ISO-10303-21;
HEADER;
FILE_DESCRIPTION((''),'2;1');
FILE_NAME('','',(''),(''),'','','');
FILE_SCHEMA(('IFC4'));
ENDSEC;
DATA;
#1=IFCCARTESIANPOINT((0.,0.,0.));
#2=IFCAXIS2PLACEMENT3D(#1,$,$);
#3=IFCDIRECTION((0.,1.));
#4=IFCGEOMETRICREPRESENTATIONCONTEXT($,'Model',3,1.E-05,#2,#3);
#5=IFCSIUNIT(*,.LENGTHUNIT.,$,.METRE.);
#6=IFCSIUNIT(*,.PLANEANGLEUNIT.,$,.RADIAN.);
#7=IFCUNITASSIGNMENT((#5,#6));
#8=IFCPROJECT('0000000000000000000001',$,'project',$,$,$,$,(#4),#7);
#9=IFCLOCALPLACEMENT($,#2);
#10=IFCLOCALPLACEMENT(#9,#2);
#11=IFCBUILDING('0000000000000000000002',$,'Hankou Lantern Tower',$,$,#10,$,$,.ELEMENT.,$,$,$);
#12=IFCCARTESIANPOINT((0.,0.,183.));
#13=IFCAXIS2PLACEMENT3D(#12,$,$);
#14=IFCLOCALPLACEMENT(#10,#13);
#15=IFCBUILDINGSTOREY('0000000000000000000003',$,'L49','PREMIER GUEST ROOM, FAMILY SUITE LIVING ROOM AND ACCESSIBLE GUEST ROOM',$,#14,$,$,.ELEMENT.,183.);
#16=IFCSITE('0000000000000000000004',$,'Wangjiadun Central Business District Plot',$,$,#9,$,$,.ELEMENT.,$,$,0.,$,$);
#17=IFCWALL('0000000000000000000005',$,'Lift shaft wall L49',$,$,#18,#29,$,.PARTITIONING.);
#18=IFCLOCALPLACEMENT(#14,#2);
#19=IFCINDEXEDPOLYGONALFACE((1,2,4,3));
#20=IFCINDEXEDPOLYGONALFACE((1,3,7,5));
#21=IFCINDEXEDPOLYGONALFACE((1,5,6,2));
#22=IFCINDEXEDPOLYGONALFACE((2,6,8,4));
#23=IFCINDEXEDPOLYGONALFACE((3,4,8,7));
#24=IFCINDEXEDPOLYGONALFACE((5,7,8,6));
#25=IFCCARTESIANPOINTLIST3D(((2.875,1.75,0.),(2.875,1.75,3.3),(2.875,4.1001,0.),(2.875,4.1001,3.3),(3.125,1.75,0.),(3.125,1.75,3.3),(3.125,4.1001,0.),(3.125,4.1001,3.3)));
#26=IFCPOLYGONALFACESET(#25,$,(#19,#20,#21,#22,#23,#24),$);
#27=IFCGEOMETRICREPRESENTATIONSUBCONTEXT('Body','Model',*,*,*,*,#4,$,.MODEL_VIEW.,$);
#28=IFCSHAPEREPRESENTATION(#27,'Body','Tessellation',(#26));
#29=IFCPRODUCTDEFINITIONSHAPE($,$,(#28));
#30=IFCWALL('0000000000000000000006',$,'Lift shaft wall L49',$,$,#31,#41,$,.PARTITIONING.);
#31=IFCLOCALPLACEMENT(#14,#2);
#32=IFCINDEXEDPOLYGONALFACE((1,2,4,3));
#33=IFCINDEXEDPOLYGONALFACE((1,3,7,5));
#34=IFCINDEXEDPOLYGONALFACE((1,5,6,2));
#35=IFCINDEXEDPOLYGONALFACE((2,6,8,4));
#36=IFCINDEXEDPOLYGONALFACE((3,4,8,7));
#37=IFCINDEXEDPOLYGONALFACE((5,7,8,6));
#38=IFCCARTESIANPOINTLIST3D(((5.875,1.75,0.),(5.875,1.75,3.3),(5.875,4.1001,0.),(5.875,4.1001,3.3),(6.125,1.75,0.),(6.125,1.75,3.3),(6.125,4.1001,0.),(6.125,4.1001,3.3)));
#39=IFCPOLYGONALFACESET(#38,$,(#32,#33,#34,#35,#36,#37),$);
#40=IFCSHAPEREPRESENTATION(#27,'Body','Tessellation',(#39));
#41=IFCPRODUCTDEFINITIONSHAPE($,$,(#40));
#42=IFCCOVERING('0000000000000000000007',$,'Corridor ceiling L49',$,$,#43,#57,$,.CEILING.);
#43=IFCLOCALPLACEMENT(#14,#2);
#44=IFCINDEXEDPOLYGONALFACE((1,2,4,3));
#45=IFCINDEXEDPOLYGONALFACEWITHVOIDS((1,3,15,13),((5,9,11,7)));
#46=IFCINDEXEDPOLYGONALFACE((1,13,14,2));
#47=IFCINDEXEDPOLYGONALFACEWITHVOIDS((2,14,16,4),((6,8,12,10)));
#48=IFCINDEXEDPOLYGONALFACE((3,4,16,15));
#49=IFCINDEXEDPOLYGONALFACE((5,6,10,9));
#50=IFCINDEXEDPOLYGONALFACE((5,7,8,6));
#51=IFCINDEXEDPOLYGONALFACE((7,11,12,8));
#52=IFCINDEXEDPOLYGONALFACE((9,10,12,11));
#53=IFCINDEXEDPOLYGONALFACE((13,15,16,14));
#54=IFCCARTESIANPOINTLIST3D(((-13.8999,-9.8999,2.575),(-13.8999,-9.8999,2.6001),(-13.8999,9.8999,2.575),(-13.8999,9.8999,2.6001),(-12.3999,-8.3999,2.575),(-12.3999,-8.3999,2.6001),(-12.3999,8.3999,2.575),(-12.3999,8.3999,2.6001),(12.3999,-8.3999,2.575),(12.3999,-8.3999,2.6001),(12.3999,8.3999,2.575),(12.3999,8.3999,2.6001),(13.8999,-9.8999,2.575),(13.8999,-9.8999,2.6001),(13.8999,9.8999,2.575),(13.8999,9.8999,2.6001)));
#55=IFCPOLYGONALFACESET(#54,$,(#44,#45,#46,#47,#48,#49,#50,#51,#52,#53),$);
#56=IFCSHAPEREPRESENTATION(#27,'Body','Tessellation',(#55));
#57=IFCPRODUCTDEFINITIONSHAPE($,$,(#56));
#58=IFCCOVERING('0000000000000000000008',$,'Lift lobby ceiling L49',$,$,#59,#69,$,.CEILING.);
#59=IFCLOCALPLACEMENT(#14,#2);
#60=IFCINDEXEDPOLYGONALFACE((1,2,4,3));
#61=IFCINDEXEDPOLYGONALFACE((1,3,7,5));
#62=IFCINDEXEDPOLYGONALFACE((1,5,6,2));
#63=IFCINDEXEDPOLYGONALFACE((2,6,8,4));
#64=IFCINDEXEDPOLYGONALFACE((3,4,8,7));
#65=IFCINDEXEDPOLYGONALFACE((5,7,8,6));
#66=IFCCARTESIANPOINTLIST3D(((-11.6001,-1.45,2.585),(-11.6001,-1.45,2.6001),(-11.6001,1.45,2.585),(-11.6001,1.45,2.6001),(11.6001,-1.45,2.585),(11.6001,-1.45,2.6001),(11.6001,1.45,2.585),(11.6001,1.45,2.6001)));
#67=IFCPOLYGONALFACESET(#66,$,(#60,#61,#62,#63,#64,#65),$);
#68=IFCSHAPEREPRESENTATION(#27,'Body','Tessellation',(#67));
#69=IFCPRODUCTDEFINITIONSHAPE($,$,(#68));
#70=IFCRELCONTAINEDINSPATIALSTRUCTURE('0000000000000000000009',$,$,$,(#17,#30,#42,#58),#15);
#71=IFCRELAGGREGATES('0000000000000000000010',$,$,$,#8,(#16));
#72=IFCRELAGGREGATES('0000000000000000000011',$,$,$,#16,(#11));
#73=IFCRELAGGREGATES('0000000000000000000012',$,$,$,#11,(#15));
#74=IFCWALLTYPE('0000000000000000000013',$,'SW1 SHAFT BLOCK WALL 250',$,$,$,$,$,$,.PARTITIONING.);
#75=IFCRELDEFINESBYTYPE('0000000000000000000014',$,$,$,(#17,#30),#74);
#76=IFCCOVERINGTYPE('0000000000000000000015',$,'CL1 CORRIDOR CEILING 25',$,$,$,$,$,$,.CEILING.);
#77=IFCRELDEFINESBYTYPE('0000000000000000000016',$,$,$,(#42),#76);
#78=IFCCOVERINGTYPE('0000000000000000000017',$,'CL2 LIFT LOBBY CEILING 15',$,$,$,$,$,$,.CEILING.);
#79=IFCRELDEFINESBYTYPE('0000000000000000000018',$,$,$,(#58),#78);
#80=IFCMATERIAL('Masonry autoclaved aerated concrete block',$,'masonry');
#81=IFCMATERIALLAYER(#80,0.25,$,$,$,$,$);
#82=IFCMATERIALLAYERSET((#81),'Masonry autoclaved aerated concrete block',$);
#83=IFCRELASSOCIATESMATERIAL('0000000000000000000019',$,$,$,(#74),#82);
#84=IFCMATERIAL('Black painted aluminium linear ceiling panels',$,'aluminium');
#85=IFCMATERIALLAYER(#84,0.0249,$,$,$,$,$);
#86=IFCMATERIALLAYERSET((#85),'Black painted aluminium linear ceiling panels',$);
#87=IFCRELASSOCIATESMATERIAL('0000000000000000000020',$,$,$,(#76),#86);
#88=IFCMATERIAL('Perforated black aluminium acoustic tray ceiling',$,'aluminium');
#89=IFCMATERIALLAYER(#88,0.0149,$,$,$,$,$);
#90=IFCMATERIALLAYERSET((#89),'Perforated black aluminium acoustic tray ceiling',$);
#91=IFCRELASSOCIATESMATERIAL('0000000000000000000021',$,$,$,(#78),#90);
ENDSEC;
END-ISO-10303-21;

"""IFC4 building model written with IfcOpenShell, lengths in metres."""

from ifc_helpers import new_model, si_unit, direction, frame, frame_2d, origin, place, context, subcontext, project, spatial, polyline, rectangle, outline, extrude, material, layer, layer_set, type_object, element, save


model = new_model("IFC4")

# Units and contexts
model_context = context("Model", 3, precision=1e-05, world=origin(), true_north=direction((0.0, 1.0)))
body_context = subcontext(model_context, "Body", "Model", "MODEL_VIEW")
ifc_project = project(units=[si_unit("LENGTHUNIT", "METRE"), si_unit("PLANEANGLEUNIT", "RADIAN")], contexts=[model_context])

# Site, building, storey
site_placement = place(None, origin())
site = spatial("IfcSite", under=ifc_project, at=site_placement, Name="Wangjiadun Central Business District Plot", CompositionType="ELEMENT", RefElevation=0.0)
building_placement = place(site_placement, origin())
building = spatial("IfcBuilding", under=site, at=building_placement, Name="Hankou Lantern Tower", CompositionType="ELEMENT")
storey_placement = place(building_placement, frame((0.0, 0.0, 183.0)))
storey = spatial("IfcBuildingStorey", under=building, at=storey_placement, Name="L49", Description="PREMIER GUEST ROOM, FAMILY SUITE LIVING ROOM AND ACCESSIBLE GUEST ROOM", CompositionType="ELEMENT", Elevation=183.0)

# Walls
ifc_material_1 = material(Name="Masonry autoclaved aerated concrete block", Category="masonry")
ifc_layer_1 = layer(ifc_material_1, 0.25)
ifc_layer_set_1 = layer_set([ifc_layer_1], Name="Masonry autoclaved aerated concrete block")
wall_type_1 = type_object("IfcWallType", Name="SW1 SHAFT BLOCK WALL 250", PredefinedType="PARTITIONING", material=ifc_layer_set_1)
for number, where, z_axis, x_axis, name in (
    (1, (3.0, 1.75, 0.0), (0.0, 0.0, 1.0), (0.0, 1.0, 0.0), "Lift shaft wall L49"),
    (2, (6.0, 1.75, 0.0), (0.0, 0.0, 1.0), (0.0, 1.0, 0.0), "Lift shaft wall L49"),
):
    element("IfcWall", number, at=place(storey_placement, frame(where, z_axis=z_axis, x_axis=x_axis)), inside=storey, type_object=wall_type_1, Name=name, PredefinedType="PARTITIONING", context=body_context, shape_type="SweptSolid", body=[
        extrude(rectangle(XDim=2.3501, YDim=0.25, at=frame_2d((1.175, 0.0))), origin(), (0.0, 0.0, 1.0), 3.3),
    ])

# Coverings
ifc_material_2 = material(Name="Black painted aluminium linear ceiling panels", Category="aluminium")
ifc_layer_2 = layer(ifc_material_2, 0.0249)
ifc_layer_set_2 = layer_set([ifc_layer_2], Name="Black painted aluminium linear ceiling panels")
covering_type_1 = type_object("IfcCoveringType", Name="CL1 CORRIDOR CEILING 25", PredefinedType="CEILING", material=ifc_layer_set_2)
covering_1_placement = place(storey_placement, frame((0.0, 0.0, 2.575)))
element("IfcCovering", 3, at=covering_1_placement, inside=storey, type_object=covering_type_1, Name="Corridor ceiling L49", PredefinedType="CEILING", context=body_context, shape_type="SweptSolid", body=[
    extrude(outline(polyline([(-13.8999, -9.8999), (13.8999, -9.8999), (13.8999, 9.8999), (-13.8999, 9.8999), (-13.8999, -9.8999)]), holes=[polyline([(-12.3999, 8.3999), (12.3999, 8.3999), (12.3999, -8.3999), (-12.3999, -8.3999), (-12.3999, 8.3999)])]), origin(), (0.0, 0.0, 1.0), 0.0251),
])
ifc_material_3 = material(Name="Perforated black aluminium acoustic tray ceiling", Category="aluminium")
ifc_layer_3 = layer(ifc_material_3, 0.0149)
ifc_layer_set_3 = layer_set([ifc_layer_3], Name="Perforated black aluminium acoustic tray ceiling")
covering_type_2 = type_object("IfcCoveringType", Name="CL2 LIFT LOBBY CEILING 15", PredefinedType="CEILING", material=ifc_layer_set_3)
covering_2_placement = place(storey_placement, frame((0.0, 0.0, 2.585)))
element("IfcCovering", 4, at=covering_2_placement, inside=storey, type_object=covering_type_2, Name="Lift lobby ceiling L49", PredefinedType="CEILING", context=body_context, shape_type="SweptSolid", body=[
    extrude(outline(polyline([(-11.6001, -1.45), (11.6001, -1.45), (11.6001, 1.45), (-11.6001, 1.45), (-11.6001, -1.45)])), origin(), (0.0, 0.0, 1.0), 0.0151),
])

save(model, "model.ifc")
